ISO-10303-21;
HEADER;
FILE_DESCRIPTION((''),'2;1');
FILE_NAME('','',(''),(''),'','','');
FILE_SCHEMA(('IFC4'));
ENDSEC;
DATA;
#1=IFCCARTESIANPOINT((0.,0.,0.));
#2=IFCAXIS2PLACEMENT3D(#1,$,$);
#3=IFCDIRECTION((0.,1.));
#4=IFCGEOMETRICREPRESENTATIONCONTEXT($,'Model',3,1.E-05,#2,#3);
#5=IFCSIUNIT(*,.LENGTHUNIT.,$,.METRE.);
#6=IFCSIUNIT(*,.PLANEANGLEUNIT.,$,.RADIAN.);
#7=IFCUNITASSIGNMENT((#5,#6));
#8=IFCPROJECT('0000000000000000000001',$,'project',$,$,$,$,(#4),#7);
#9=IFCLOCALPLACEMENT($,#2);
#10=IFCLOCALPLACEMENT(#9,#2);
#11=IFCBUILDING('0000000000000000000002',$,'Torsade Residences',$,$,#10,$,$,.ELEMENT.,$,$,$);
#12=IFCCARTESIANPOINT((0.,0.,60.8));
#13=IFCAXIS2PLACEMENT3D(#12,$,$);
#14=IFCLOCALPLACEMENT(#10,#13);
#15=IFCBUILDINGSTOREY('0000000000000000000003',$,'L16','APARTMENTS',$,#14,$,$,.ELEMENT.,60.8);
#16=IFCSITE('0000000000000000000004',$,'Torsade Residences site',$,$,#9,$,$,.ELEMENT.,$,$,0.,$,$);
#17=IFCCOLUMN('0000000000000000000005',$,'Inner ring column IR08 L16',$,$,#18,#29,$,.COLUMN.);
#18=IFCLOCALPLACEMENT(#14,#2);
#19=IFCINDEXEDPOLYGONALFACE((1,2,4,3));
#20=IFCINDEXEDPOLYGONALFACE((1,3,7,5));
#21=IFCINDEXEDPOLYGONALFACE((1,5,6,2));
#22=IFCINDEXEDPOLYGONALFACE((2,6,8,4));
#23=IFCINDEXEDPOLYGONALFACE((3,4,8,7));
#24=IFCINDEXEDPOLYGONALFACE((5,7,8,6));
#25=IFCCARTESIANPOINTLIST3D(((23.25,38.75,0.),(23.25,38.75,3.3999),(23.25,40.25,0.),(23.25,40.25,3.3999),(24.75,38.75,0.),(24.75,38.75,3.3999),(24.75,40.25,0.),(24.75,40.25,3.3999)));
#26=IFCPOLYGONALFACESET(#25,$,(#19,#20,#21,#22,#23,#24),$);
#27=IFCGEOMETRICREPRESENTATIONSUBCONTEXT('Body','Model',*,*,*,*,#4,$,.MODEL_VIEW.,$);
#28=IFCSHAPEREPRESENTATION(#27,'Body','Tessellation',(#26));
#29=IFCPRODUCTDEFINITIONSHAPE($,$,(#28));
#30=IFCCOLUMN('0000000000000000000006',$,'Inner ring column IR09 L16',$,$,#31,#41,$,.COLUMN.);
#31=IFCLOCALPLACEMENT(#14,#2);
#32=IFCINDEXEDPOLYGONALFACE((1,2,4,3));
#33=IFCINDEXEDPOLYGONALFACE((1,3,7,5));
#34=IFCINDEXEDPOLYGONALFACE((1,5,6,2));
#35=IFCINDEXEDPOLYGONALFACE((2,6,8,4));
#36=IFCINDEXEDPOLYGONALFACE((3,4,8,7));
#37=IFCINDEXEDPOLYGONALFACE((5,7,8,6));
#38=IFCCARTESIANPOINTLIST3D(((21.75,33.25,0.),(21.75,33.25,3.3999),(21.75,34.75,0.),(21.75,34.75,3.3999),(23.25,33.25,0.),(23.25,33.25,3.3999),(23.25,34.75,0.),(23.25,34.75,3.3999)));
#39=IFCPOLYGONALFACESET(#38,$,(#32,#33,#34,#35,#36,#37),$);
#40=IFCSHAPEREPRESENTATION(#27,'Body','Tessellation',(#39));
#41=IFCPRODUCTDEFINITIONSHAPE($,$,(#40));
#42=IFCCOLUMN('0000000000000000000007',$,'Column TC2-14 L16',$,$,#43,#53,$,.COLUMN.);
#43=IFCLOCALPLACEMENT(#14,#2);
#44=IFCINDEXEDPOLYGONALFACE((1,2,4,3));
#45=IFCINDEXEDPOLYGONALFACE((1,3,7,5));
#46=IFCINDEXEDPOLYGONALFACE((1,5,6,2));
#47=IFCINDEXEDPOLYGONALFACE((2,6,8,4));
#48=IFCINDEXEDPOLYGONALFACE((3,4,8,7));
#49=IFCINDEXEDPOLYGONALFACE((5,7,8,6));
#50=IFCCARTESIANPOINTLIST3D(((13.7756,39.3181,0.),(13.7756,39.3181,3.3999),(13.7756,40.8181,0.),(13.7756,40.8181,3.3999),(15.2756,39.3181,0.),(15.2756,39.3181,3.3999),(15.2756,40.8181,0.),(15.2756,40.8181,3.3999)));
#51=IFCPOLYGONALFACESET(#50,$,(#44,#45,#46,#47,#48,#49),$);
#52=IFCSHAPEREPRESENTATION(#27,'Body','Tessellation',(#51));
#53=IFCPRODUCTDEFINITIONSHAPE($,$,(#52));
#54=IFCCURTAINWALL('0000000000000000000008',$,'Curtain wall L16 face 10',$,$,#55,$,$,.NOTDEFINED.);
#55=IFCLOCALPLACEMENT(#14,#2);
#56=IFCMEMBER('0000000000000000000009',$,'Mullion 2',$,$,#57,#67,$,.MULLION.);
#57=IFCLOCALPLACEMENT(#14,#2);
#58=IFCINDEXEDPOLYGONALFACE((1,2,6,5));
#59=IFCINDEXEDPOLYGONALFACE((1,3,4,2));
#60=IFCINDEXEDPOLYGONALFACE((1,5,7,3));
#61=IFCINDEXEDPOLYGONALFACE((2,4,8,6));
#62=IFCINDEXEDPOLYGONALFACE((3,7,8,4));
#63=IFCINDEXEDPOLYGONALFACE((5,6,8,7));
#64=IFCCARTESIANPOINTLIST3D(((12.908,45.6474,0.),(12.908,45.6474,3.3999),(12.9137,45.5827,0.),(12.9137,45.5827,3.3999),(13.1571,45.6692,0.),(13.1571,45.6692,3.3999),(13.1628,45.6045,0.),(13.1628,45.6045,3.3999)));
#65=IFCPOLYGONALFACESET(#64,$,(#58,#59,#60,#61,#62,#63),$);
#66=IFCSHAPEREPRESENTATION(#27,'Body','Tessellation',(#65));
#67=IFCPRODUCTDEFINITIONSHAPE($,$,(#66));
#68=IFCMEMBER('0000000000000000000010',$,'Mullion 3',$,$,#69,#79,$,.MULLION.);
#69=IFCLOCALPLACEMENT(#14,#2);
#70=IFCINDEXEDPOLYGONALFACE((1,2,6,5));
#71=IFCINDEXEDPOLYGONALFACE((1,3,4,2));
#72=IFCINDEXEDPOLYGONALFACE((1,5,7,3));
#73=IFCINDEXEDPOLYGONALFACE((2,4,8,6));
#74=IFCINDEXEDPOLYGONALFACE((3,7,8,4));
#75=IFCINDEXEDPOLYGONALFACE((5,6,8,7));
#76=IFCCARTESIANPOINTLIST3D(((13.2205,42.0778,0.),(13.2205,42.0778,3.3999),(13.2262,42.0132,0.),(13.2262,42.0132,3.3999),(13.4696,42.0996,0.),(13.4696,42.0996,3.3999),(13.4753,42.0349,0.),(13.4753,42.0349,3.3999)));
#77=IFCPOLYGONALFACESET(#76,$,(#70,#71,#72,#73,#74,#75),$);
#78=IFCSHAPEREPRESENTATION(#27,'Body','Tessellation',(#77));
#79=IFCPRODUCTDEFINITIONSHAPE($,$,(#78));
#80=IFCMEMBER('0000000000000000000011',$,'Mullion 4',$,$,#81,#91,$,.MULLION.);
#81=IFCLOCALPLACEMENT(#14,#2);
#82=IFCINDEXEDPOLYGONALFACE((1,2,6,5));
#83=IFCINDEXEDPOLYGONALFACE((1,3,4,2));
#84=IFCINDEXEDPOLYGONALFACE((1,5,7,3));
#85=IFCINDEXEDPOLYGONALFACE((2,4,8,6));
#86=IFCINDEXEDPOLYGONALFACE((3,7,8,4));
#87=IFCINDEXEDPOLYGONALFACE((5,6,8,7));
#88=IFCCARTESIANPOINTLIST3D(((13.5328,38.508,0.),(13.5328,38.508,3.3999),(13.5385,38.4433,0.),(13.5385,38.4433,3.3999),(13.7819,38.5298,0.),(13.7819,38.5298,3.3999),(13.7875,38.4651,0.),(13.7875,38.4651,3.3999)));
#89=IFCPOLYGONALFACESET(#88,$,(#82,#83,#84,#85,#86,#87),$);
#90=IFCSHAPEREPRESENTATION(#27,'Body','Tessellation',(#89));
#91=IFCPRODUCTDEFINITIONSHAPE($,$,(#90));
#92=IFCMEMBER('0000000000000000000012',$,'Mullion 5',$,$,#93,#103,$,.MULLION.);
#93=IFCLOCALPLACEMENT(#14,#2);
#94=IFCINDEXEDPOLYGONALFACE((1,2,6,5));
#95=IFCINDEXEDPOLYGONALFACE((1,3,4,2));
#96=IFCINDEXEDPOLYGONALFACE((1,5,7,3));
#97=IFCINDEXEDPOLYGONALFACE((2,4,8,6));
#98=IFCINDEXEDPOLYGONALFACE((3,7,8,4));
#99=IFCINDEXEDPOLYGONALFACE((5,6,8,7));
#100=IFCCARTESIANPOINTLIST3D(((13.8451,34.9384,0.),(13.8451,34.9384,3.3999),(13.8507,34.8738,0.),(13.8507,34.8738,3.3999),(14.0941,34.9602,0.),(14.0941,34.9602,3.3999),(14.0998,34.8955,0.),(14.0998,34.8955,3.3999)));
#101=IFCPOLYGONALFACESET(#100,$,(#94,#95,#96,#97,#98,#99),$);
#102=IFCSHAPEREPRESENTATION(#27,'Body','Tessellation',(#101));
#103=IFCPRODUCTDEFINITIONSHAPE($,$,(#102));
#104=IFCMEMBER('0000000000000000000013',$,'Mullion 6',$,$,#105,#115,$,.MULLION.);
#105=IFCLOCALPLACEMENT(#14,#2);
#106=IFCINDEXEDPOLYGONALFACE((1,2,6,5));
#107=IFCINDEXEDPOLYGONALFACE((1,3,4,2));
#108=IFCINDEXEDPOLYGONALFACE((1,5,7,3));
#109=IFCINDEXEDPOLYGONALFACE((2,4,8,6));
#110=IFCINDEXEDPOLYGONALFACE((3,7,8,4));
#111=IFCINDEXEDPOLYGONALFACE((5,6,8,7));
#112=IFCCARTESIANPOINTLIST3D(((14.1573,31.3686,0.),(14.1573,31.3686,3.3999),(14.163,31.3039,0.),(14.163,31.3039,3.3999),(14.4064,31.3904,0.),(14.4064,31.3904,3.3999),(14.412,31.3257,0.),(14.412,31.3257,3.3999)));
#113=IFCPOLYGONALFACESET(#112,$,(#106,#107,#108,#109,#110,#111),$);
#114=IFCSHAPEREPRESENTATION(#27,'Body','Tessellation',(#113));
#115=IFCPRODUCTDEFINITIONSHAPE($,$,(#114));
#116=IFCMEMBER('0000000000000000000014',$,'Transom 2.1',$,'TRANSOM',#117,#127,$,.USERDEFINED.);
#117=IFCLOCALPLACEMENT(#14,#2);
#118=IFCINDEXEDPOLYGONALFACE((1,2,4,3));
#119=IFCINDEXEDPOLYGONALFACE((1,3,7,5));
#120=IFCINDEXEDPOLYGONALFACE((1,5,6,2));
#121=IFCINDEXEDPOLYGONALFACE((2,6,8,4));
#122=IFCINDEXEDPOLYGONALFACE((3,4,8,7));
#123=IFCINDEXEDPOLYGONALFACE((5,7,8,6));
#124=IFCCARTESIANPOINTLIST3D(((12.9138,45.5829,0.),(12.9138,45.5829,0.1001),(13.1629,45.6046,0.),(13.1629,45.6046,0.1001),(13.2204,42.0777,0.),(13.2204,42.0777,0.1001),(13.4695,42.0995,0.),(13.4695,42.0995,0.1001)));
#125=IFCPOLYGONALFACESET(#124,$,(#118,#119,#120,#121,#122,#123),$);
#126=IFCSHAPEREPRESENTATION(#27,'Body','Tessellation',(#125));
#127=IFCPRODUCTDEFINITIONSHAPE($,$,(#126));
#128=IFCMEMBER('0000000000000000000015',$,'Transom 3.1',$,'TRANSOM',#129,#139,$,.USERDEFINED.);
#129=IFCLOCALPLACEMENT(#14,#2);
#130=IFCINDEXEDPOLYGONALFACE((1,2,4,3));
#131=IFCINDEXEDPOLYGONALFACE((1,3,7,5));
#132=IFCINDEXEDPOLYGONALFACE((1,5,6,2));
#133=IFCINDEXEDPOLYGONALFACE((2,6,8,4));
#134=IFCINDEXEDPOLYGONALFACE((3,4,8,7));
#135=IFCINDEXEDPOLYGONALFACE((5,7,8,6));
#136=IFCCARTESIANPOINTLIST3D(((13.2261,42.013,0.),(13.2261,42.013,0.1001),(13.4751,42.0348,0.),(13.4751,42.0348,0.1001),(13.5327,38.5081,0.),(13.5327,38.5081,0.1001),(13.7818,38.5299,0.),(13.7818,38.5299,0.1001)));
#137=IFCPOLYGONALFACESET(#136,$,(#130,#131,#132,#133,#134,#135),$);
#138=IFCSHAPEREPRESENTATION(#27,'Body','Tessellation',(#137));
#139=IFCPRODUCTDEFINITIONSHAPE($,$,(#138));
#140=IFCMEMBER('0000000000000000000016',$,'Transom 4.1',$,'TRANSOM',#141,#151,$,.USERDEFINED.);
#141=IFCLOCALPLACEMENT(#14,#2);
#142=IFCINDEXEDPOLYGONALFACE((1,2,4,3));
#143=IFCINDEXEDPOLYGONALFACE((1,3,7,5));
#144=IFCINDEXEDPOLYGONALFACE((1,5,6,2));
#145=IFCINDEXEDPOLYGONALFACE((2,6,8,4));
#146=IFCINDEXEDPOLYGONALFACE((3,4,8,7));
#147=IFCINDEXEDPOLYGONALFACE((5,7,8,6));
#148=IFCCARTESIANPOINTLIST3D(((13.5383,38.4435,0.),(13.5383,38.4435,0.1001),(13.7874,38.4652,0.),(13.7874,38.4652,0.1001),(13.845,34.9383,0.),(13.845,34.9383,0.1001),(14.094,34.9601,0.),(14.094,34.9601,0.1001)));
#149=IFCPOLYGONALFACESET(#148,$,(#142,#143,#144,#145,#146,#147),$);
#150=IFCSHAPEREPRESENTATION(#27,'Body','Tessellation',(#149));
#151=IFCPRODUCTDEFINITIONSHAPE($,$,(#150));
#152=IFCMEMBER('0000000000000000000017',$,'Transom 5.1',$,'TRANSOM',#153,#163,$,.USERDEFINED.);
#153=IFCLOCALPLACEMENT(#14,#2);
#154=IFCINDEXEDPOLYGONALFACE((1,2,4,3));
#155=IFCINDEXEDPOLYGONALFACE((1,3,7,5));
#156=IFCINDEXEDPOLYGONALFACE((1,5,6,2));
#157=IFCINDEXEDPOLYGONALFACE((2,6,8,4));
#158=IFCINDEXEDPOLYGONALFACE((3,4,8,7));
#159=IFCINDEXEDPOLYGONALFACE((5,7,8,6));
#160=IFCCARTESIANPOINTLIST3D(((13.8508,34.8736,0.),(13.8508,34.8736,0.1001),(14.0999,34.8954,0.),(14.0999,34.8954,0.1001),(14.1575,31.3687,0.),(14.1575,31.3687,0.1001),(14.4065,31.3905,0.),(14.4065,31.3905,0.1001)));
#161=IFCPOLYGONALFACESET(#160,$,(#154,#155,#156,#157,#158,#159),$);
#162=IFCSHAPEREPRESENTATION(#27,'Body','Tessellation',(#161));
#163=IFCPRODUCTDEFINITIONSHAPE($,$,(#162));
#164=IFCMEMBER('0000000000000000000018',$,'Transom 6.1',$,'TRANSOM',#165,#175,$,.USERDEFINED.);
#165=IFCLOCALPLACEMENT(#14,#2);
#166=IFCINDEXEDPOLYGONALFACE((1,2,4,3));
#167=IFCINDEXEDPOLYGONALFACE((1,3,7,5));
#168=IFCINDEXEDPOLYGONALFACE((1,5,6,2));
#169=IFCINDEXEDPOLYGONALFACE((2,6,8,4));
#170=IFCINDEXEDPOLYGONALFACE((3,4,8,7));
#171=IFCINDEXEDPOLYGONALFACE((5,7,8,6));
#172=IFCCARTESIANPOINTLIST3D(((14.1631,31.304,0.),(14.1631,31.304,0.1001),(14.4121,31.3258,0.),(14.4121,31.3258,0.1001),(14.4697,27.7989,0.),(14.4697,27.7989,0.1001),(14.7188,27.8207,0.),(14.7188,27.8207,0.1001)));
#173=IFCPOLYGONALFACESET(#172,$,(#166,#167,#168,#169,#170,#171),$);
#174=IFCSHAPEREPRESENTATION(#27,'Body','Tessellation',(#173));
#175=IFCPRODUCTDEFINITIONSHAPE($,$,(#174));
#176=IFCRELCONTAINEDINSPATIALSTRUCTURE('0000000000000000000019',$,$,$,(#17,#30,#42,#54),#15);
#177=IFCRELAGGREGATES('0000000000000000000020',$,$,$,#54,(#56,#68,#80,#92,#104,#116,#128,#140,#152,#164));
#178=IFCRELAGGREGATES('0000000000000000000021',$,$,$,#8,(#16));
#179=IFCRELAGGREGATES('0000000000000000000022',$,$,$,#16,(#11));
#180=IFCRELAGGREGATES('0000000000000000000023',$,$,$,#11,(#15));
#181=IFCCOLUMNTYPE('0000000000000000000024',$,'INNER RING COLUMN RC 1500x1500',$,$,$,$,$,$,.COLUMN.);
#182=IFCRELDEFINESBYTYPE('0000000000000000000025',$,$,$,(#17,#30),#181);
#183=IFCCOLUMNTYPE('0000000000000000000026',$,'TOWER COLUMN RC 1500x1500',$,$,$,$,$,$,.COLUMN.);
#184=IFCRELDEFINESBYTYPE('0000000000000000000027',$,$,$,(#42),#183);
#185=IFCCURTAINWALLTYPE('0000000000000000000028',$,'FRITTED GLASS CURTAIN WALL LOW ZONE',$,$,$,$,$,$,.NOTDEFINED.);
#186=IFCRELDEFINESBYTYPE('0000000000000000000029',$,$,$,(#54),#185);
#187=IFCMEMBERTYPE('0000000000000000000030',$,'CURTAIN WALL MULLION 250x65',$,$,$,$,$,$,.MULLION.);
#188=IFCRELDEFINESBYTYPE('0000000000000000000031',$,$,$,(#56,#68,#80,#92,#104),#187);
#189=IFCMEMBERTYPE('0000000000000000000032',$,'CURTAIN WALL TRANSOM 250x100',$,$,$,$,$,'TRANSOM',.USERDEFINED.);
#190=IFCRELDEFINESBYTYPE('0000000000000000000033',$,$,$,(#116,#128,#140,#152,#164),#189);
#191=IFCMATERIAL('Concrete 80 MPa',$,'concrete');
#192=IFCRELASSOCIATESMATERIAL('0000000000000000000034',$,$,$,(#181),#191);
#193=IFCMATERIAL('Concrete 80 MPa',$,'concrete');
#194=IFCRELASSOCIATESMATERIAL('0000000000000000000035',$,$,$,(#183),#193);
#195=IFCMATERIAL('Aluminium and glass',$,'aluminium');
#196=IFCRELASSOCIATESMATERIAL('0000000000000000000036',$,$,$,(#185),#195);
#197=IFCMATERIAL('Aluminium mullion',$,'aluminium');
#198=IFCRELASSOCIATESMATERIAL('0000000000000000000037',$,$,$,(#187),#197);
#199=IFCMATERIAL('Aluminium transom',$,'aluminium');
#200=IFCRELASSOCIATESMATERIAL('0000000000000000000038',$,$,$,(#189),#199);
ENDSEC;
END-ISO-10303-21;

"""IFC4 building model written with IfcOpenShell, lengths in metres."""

from ifc_helpers import new_model, si_unit, direction, frame, origin, origin_2d, place, context, subcontext, project, spatial, rectangle, extrude, material, material_profile, profile_set, type_object, element, aggregate, save


model = new_model("IFC4")

# Units and contexts
model_context = context("Model", 3, precision=1e-05, world=origin(), true_north=direction((0.0, 1.0)))
body_context = subcontext(model_context, "Body", "Model", "MODEL_VIEW")
ifc_project = project(units=[si_unit("LENGTHUNIT", "METRE"), si_unit("PLANEANGLEUNIT", "RADIAN")], contexts=[model_context])

# Site, building, storey
site_placement = place(None, origin())
site = spatial("IfcSite", under=ifc_project, at=site_placement, Name="Torsade Residences site", CompositionType="ELEMENT", RefElevation=0.0)
building_placement = place(site_placement, origin())
building = spatial("IfcBuilding", under=site, at=building_placement, Name="Torsade Residences", CompositionType="ELEMENT")
storey_placement = place(building_placement, frame((0.0, 0.0, 60.8)))
storey = spatial("IfcBuildingStorey", under=building, at=storey_placement, Name="L16", Description="APARTMENTS", CompositionType="ELEMENT", Elevation=60.8)

# Columns
ifc_material_1 = material(Name="Concrete 80 MPa", Category="concrete")
ifc_material_profile_1 = material_profile(ifc_material_1, rectangle(XDim=1.5, YDim=1.5, at=origin_2d()), Name="RC 1500x1500")
ifc_profile_set_1 = profile_set([ifc_material_profile_1], Name="Concrete 80 MPa")
column_type_1 = type_object("IfcColumnType", Name="INNER RING COLUMN RC 1500x1500", PredefinedType="COLUMN", material=ifc_profile_set_1)
for number, where, z_axis, x_axis, name in (
    (1, (24.0, 39.5, 0.0), (0.0, 0.0, 1.0), (1.0, 0.0, 0.0), "Inner ring column IR08 L16"),
    (2, (22.5, 34.0, 0.0), (0.0, 0.0, 1.0), (1.0, 0.0, 0.0), "Inner ring column IR09 L16"),
):
    element("IfcColumn", number, at=place(storey_placement, frame(where, z_axis=z_axis, x_axis=x_axis)), inside=storey, type_object=column_type_1, Name=name, PredefinedType="COLUMN", context=body_context, shape_type="SweptSolid", body=[
        extrude(rectangle(XDim=1.5, YDim=1.5, at=origin_2d()), origin(), (0.0, 0.0, 1.0), 3.3999),
    ])
ifc_material_2 = material(Name="Concrete 80 MPa", Category="concrete")
ifc_material_profile_2 = material_profile(ifc_material_2, rectangle(XDim=1.5, YDim=1.5, at=origin_2d()), Name="RC 1500x1500")
ifc_profile_set_2 = profile_set([ifc_material_profile_2], Name="Concrete 80 MPa")
column_type_2 = type_object("IfcColumnType", Name="TOWER COLUMN RC 1500x1500", PredefinedType="COLUMN", material=ifc_profile_set_2)
column_placement = place(storey_placement, frame((14.5256, 40.0681, 0.0), z_axis=(0.0, 0.0, 1.0), x_axis=(1.0, 0.0, 0.0)))
element("IfcColumn", 3, at=column_placement, inside=storey, type_object=column_type_2, Name="Column TC2-14 L16", PredefinedType="COLUMN", context=body_context, shape_type="SweptSolid", body=[
    extrude(rectangle(XDim=1.5, YDim=1.5, at=origin_2d()), origin(), (0.0, 0.0, 1.0), 3.3999),
])

# Curtain wall, members
ifc_material_3 = material(Name="Aluminium and glass", Category="aluminium")
curtain_wall_type = type_object("IfcCurtainWallType", Name="FRITTED GLASS CURTAIN WALL LOW ZONE", PredefinedType="NOTDEFINED", material=ifc_material_3)
curtain_wall_placement = place(storey_placement, origin())
curtain_wall = element("IfcCurtainWall", 4, at=curtain_wall_placement, inside=storey, type_object=curtain_wall_type, Name="Curtain wall L16 face 10", PredefinedType="NOTDEFINED")
ifc_material_4 = material(Name="Aluminium mullion", Category="aluminium")
ifc_material_profile_3 = material_profile(ifc_material_4, rectangle(XDim=0.25, YDim=0.0649, at=origin_2d()), Name="CURTAIN WALL MULLION 250x65")
ifc_profile_set_3 = profile_set([ifc_material_profile_3], Name="Aluminium mullion")
member_type_1 = type_object("IfcMemberType", Name="CURTAIN WALL MULLION 250x65", PredefinedType="MULLION", material=ifc_profile_set_3)
member_1_placement = place(storey_placement, frame((13.0354, 45.626, 0.0), z_axis=(0.0, 0.0, 1.0), x_axis=(0.996195, 0.087156, 0.0)))
member_1 = element("IfcMember", 5, at=member_1_placement, type_object=member_type_1, Name="Mullion 2", PredefinedType="MULLION", context=body_context, shape_type="SweptSolid", body=[
    extrude(rectangle(XDim=0.25, YDim=0.0649, at=origin_2d()), origin(), (0.0, 0.0, 1.0), 3.3999),
])
member_2_placement = place(storey_placement, frame((13.3479, 42.0564, 0.0), z_axis=(0.0, 0.0, 1.0), x_axis=(0.996195, 0.087156, 0.0)))
member_2 = element("IfcMember", 6, at=member_2_placement, type_object=member_type_1, Name="Mullion 3", PredefinedType="MULLION", context=body_context, shape_type="SweptSolid", body=[
    extrude(rectangle(XDim=0.25, YDim=0.0649, at=origin_2d()), origin(), (0.0, 0.0, 1.0), 3.3999),
])
member_3_placement = place(storey_placement, frame((13.6602, 38.4866, 0.0), z_axis=(0.0, 0.0, 1.0), x_axis=(0.996195, 0.087156, 0.0)))
member_3 = element("IfcMember", 7, at=member_3_placement, type_object=member_type_1, Name="Mullion 4", PredefinedType="MULLION", context=body_context, shape_type="SweptSolid", body=[
    extrude(rectangle(XDim=0.25, YDim=0.0649, at=origin_2d()), origin(), (0.0, 0.0, 1.0), 3.3999),
])
member_4_placement = place(storey_placement, frame((13.9724, 34.917, 0.0), z_axis=(0.0, 0.0, 1.0), x_axis=(0.996195, 0.087156, 0.0)))
member_4 = element("IfcMember", 8, at=member_4_placement, type_object=member_type_1, Name="Mullion 5", PredefinedType="MULLION", context=body_context, shape_type="SweptSolid", body=[
    extrude(rectangle(XDim=0.25, YDim=0.0649, at=origin_2d()), origin(), (0.0, 0.0, 1.0), 3.3999),
])
member_5_placement = place(storey_placement, frame((14.2847, 31.3472, 0.0), z_axis=(0.0, 0.0, 1.0), x_axis=(0.996195, 0.087156, 0.0)))
member_5 = element("IfcMember", 9, at=member_5_placement, type_object=member_type_1, Name="Mullion 6", PredefinedType="MULLION", context=body_context, shape_type="SweptSolid", body=[
    extrude(rectangle(XDim=0.25, YDim=0.0649, at=origin_2d()), origin(), (0.0, 0.0, 1.0), 3.3999),
])
ifc_material_5 = material(Name="Aluminium transom", Category="aluminium")
ifc_material_profile_4 = material_profile(ifc_material_5, rectangle(XDim=0.25, YDim=0.1001, at=origin_2d()), Name="CURTAIN WALL TRANSOM 250x100")
ifc_profile_set_4 = profile_set([ifc_material_profile_4], Name="Aluminium transom")
member_type_2 = type_object("IfcMemberType", Name="CURTAIN WALL TRANSOM 250x100", ElementType="TRANSOM", PredefinedType="USERDEFINED", material=ifc_profile_set_4)
member_6_placement = place(storey_placement, frame((13.0383, 45.5938, 0.05), z_axis=(0.087151, -0.996195, 0.0), x_axis=(0.996195, 0.087151, 0.0)))
member_6 = element("IfcMember", 10, at=member_6_placement, type_object=member_type_2, Name="Transom 2.1", ObjectType="TRANSOM", PredefinedType="USERDEFINED", context=body_context, shape_type="SweptSolid", body=[
    extrude(rectangle(XDim=0.25, YDim=0.1001, at=origin_2d()), origin(), (0.0, 0.0, 1.0), 3.5186),
])
member_7_placement = place(storey_placement, frame((13.3506, 42.0239, 0.05), z_axis=(0.087157, -0.996195, 0.0), x_axis=(0.996195, 0.087157, 0.0)))
member_7 = element("IfcMember", 11, at=member_7_placement, type_object=member_type_2, Name="Transom 3.1", ObjectType="TRANSOM", PredefinedType="USERDEFINED", context=body_context, shape_type="SweptSolid", body=[
    extrude(rectangle(XDim=0.25, YDim=0.1001, at=origin_2d()), origin(), (0.0, 0.0, 1.0), 3.5183),
])
member_8_placement = place(storey_placement, frame((13.6628, 38.4543, 0.05), z_axis=(0.087151, -0.996195, 0.0), x_axis=(0.996195, 0.087151, 0.0)))
member_8 = element("IfcMember", 12, at=member_8_placement, type_object=member_type_2, Name="Transom 4.1", ObjectType="TRANSOM", PredefinedType="USERDEFINED", context=body_context, shape_type="SweptSolid", body=[
    extrude(rectangle(XDim=0.25, YDim=0.1001, at=origin_2d()), origin(), (0.0, 0.0, 1.0), 3.5186),
])
member_9_placement = place(storey_placement, frame((13.9753, 34.8845, 0.05), z_axis=(0.087157, -0.996195, 0.0), x_axis=(0.996195, 0.087157, 0.0)))
member_9 = element("IfcMember", 13, at=member_9_placement, type_object=member_type_2, Name="Transom 5.1", ObjectType="TRANSOM", PredefinedType="USERDEFINED", context=body_context, shape_type="SweptSolid", body=[
    extrude(rectangle(XDim=0.25, YDim=0.1001, at=origin_2d()), origin(), (0.0, 0.0, 1.0), 3.5183),
])
member_10_placement = place(storey_placement, frame((14.2876, 31.3149, 0.05), z_axis=(0.087151, -0.996195, 0.0), x_axis=(0.996195, 0.087151, 0.0)))
member_10 = element("IfcMember", 14, at=member_10_placement, type_object=member_type_2, Name="Transom 6.1", ObjectType="TRANSOM", PredefinedType="USERDEFINED", context=body_context, shape_type="SweptSolid", body=[
    extrude(rectangle(XDim=0.25, YDim=0.1001, at=origin_2d()), origin(), (0.0, 0.0, 1.0), 3.5186),
])

aggregate(curtain_wall, [member_1, member_2, member_3, member_4, member_5, member_6, member_7, member_8, member_9, member_10])

save(model, "model.ifc")
